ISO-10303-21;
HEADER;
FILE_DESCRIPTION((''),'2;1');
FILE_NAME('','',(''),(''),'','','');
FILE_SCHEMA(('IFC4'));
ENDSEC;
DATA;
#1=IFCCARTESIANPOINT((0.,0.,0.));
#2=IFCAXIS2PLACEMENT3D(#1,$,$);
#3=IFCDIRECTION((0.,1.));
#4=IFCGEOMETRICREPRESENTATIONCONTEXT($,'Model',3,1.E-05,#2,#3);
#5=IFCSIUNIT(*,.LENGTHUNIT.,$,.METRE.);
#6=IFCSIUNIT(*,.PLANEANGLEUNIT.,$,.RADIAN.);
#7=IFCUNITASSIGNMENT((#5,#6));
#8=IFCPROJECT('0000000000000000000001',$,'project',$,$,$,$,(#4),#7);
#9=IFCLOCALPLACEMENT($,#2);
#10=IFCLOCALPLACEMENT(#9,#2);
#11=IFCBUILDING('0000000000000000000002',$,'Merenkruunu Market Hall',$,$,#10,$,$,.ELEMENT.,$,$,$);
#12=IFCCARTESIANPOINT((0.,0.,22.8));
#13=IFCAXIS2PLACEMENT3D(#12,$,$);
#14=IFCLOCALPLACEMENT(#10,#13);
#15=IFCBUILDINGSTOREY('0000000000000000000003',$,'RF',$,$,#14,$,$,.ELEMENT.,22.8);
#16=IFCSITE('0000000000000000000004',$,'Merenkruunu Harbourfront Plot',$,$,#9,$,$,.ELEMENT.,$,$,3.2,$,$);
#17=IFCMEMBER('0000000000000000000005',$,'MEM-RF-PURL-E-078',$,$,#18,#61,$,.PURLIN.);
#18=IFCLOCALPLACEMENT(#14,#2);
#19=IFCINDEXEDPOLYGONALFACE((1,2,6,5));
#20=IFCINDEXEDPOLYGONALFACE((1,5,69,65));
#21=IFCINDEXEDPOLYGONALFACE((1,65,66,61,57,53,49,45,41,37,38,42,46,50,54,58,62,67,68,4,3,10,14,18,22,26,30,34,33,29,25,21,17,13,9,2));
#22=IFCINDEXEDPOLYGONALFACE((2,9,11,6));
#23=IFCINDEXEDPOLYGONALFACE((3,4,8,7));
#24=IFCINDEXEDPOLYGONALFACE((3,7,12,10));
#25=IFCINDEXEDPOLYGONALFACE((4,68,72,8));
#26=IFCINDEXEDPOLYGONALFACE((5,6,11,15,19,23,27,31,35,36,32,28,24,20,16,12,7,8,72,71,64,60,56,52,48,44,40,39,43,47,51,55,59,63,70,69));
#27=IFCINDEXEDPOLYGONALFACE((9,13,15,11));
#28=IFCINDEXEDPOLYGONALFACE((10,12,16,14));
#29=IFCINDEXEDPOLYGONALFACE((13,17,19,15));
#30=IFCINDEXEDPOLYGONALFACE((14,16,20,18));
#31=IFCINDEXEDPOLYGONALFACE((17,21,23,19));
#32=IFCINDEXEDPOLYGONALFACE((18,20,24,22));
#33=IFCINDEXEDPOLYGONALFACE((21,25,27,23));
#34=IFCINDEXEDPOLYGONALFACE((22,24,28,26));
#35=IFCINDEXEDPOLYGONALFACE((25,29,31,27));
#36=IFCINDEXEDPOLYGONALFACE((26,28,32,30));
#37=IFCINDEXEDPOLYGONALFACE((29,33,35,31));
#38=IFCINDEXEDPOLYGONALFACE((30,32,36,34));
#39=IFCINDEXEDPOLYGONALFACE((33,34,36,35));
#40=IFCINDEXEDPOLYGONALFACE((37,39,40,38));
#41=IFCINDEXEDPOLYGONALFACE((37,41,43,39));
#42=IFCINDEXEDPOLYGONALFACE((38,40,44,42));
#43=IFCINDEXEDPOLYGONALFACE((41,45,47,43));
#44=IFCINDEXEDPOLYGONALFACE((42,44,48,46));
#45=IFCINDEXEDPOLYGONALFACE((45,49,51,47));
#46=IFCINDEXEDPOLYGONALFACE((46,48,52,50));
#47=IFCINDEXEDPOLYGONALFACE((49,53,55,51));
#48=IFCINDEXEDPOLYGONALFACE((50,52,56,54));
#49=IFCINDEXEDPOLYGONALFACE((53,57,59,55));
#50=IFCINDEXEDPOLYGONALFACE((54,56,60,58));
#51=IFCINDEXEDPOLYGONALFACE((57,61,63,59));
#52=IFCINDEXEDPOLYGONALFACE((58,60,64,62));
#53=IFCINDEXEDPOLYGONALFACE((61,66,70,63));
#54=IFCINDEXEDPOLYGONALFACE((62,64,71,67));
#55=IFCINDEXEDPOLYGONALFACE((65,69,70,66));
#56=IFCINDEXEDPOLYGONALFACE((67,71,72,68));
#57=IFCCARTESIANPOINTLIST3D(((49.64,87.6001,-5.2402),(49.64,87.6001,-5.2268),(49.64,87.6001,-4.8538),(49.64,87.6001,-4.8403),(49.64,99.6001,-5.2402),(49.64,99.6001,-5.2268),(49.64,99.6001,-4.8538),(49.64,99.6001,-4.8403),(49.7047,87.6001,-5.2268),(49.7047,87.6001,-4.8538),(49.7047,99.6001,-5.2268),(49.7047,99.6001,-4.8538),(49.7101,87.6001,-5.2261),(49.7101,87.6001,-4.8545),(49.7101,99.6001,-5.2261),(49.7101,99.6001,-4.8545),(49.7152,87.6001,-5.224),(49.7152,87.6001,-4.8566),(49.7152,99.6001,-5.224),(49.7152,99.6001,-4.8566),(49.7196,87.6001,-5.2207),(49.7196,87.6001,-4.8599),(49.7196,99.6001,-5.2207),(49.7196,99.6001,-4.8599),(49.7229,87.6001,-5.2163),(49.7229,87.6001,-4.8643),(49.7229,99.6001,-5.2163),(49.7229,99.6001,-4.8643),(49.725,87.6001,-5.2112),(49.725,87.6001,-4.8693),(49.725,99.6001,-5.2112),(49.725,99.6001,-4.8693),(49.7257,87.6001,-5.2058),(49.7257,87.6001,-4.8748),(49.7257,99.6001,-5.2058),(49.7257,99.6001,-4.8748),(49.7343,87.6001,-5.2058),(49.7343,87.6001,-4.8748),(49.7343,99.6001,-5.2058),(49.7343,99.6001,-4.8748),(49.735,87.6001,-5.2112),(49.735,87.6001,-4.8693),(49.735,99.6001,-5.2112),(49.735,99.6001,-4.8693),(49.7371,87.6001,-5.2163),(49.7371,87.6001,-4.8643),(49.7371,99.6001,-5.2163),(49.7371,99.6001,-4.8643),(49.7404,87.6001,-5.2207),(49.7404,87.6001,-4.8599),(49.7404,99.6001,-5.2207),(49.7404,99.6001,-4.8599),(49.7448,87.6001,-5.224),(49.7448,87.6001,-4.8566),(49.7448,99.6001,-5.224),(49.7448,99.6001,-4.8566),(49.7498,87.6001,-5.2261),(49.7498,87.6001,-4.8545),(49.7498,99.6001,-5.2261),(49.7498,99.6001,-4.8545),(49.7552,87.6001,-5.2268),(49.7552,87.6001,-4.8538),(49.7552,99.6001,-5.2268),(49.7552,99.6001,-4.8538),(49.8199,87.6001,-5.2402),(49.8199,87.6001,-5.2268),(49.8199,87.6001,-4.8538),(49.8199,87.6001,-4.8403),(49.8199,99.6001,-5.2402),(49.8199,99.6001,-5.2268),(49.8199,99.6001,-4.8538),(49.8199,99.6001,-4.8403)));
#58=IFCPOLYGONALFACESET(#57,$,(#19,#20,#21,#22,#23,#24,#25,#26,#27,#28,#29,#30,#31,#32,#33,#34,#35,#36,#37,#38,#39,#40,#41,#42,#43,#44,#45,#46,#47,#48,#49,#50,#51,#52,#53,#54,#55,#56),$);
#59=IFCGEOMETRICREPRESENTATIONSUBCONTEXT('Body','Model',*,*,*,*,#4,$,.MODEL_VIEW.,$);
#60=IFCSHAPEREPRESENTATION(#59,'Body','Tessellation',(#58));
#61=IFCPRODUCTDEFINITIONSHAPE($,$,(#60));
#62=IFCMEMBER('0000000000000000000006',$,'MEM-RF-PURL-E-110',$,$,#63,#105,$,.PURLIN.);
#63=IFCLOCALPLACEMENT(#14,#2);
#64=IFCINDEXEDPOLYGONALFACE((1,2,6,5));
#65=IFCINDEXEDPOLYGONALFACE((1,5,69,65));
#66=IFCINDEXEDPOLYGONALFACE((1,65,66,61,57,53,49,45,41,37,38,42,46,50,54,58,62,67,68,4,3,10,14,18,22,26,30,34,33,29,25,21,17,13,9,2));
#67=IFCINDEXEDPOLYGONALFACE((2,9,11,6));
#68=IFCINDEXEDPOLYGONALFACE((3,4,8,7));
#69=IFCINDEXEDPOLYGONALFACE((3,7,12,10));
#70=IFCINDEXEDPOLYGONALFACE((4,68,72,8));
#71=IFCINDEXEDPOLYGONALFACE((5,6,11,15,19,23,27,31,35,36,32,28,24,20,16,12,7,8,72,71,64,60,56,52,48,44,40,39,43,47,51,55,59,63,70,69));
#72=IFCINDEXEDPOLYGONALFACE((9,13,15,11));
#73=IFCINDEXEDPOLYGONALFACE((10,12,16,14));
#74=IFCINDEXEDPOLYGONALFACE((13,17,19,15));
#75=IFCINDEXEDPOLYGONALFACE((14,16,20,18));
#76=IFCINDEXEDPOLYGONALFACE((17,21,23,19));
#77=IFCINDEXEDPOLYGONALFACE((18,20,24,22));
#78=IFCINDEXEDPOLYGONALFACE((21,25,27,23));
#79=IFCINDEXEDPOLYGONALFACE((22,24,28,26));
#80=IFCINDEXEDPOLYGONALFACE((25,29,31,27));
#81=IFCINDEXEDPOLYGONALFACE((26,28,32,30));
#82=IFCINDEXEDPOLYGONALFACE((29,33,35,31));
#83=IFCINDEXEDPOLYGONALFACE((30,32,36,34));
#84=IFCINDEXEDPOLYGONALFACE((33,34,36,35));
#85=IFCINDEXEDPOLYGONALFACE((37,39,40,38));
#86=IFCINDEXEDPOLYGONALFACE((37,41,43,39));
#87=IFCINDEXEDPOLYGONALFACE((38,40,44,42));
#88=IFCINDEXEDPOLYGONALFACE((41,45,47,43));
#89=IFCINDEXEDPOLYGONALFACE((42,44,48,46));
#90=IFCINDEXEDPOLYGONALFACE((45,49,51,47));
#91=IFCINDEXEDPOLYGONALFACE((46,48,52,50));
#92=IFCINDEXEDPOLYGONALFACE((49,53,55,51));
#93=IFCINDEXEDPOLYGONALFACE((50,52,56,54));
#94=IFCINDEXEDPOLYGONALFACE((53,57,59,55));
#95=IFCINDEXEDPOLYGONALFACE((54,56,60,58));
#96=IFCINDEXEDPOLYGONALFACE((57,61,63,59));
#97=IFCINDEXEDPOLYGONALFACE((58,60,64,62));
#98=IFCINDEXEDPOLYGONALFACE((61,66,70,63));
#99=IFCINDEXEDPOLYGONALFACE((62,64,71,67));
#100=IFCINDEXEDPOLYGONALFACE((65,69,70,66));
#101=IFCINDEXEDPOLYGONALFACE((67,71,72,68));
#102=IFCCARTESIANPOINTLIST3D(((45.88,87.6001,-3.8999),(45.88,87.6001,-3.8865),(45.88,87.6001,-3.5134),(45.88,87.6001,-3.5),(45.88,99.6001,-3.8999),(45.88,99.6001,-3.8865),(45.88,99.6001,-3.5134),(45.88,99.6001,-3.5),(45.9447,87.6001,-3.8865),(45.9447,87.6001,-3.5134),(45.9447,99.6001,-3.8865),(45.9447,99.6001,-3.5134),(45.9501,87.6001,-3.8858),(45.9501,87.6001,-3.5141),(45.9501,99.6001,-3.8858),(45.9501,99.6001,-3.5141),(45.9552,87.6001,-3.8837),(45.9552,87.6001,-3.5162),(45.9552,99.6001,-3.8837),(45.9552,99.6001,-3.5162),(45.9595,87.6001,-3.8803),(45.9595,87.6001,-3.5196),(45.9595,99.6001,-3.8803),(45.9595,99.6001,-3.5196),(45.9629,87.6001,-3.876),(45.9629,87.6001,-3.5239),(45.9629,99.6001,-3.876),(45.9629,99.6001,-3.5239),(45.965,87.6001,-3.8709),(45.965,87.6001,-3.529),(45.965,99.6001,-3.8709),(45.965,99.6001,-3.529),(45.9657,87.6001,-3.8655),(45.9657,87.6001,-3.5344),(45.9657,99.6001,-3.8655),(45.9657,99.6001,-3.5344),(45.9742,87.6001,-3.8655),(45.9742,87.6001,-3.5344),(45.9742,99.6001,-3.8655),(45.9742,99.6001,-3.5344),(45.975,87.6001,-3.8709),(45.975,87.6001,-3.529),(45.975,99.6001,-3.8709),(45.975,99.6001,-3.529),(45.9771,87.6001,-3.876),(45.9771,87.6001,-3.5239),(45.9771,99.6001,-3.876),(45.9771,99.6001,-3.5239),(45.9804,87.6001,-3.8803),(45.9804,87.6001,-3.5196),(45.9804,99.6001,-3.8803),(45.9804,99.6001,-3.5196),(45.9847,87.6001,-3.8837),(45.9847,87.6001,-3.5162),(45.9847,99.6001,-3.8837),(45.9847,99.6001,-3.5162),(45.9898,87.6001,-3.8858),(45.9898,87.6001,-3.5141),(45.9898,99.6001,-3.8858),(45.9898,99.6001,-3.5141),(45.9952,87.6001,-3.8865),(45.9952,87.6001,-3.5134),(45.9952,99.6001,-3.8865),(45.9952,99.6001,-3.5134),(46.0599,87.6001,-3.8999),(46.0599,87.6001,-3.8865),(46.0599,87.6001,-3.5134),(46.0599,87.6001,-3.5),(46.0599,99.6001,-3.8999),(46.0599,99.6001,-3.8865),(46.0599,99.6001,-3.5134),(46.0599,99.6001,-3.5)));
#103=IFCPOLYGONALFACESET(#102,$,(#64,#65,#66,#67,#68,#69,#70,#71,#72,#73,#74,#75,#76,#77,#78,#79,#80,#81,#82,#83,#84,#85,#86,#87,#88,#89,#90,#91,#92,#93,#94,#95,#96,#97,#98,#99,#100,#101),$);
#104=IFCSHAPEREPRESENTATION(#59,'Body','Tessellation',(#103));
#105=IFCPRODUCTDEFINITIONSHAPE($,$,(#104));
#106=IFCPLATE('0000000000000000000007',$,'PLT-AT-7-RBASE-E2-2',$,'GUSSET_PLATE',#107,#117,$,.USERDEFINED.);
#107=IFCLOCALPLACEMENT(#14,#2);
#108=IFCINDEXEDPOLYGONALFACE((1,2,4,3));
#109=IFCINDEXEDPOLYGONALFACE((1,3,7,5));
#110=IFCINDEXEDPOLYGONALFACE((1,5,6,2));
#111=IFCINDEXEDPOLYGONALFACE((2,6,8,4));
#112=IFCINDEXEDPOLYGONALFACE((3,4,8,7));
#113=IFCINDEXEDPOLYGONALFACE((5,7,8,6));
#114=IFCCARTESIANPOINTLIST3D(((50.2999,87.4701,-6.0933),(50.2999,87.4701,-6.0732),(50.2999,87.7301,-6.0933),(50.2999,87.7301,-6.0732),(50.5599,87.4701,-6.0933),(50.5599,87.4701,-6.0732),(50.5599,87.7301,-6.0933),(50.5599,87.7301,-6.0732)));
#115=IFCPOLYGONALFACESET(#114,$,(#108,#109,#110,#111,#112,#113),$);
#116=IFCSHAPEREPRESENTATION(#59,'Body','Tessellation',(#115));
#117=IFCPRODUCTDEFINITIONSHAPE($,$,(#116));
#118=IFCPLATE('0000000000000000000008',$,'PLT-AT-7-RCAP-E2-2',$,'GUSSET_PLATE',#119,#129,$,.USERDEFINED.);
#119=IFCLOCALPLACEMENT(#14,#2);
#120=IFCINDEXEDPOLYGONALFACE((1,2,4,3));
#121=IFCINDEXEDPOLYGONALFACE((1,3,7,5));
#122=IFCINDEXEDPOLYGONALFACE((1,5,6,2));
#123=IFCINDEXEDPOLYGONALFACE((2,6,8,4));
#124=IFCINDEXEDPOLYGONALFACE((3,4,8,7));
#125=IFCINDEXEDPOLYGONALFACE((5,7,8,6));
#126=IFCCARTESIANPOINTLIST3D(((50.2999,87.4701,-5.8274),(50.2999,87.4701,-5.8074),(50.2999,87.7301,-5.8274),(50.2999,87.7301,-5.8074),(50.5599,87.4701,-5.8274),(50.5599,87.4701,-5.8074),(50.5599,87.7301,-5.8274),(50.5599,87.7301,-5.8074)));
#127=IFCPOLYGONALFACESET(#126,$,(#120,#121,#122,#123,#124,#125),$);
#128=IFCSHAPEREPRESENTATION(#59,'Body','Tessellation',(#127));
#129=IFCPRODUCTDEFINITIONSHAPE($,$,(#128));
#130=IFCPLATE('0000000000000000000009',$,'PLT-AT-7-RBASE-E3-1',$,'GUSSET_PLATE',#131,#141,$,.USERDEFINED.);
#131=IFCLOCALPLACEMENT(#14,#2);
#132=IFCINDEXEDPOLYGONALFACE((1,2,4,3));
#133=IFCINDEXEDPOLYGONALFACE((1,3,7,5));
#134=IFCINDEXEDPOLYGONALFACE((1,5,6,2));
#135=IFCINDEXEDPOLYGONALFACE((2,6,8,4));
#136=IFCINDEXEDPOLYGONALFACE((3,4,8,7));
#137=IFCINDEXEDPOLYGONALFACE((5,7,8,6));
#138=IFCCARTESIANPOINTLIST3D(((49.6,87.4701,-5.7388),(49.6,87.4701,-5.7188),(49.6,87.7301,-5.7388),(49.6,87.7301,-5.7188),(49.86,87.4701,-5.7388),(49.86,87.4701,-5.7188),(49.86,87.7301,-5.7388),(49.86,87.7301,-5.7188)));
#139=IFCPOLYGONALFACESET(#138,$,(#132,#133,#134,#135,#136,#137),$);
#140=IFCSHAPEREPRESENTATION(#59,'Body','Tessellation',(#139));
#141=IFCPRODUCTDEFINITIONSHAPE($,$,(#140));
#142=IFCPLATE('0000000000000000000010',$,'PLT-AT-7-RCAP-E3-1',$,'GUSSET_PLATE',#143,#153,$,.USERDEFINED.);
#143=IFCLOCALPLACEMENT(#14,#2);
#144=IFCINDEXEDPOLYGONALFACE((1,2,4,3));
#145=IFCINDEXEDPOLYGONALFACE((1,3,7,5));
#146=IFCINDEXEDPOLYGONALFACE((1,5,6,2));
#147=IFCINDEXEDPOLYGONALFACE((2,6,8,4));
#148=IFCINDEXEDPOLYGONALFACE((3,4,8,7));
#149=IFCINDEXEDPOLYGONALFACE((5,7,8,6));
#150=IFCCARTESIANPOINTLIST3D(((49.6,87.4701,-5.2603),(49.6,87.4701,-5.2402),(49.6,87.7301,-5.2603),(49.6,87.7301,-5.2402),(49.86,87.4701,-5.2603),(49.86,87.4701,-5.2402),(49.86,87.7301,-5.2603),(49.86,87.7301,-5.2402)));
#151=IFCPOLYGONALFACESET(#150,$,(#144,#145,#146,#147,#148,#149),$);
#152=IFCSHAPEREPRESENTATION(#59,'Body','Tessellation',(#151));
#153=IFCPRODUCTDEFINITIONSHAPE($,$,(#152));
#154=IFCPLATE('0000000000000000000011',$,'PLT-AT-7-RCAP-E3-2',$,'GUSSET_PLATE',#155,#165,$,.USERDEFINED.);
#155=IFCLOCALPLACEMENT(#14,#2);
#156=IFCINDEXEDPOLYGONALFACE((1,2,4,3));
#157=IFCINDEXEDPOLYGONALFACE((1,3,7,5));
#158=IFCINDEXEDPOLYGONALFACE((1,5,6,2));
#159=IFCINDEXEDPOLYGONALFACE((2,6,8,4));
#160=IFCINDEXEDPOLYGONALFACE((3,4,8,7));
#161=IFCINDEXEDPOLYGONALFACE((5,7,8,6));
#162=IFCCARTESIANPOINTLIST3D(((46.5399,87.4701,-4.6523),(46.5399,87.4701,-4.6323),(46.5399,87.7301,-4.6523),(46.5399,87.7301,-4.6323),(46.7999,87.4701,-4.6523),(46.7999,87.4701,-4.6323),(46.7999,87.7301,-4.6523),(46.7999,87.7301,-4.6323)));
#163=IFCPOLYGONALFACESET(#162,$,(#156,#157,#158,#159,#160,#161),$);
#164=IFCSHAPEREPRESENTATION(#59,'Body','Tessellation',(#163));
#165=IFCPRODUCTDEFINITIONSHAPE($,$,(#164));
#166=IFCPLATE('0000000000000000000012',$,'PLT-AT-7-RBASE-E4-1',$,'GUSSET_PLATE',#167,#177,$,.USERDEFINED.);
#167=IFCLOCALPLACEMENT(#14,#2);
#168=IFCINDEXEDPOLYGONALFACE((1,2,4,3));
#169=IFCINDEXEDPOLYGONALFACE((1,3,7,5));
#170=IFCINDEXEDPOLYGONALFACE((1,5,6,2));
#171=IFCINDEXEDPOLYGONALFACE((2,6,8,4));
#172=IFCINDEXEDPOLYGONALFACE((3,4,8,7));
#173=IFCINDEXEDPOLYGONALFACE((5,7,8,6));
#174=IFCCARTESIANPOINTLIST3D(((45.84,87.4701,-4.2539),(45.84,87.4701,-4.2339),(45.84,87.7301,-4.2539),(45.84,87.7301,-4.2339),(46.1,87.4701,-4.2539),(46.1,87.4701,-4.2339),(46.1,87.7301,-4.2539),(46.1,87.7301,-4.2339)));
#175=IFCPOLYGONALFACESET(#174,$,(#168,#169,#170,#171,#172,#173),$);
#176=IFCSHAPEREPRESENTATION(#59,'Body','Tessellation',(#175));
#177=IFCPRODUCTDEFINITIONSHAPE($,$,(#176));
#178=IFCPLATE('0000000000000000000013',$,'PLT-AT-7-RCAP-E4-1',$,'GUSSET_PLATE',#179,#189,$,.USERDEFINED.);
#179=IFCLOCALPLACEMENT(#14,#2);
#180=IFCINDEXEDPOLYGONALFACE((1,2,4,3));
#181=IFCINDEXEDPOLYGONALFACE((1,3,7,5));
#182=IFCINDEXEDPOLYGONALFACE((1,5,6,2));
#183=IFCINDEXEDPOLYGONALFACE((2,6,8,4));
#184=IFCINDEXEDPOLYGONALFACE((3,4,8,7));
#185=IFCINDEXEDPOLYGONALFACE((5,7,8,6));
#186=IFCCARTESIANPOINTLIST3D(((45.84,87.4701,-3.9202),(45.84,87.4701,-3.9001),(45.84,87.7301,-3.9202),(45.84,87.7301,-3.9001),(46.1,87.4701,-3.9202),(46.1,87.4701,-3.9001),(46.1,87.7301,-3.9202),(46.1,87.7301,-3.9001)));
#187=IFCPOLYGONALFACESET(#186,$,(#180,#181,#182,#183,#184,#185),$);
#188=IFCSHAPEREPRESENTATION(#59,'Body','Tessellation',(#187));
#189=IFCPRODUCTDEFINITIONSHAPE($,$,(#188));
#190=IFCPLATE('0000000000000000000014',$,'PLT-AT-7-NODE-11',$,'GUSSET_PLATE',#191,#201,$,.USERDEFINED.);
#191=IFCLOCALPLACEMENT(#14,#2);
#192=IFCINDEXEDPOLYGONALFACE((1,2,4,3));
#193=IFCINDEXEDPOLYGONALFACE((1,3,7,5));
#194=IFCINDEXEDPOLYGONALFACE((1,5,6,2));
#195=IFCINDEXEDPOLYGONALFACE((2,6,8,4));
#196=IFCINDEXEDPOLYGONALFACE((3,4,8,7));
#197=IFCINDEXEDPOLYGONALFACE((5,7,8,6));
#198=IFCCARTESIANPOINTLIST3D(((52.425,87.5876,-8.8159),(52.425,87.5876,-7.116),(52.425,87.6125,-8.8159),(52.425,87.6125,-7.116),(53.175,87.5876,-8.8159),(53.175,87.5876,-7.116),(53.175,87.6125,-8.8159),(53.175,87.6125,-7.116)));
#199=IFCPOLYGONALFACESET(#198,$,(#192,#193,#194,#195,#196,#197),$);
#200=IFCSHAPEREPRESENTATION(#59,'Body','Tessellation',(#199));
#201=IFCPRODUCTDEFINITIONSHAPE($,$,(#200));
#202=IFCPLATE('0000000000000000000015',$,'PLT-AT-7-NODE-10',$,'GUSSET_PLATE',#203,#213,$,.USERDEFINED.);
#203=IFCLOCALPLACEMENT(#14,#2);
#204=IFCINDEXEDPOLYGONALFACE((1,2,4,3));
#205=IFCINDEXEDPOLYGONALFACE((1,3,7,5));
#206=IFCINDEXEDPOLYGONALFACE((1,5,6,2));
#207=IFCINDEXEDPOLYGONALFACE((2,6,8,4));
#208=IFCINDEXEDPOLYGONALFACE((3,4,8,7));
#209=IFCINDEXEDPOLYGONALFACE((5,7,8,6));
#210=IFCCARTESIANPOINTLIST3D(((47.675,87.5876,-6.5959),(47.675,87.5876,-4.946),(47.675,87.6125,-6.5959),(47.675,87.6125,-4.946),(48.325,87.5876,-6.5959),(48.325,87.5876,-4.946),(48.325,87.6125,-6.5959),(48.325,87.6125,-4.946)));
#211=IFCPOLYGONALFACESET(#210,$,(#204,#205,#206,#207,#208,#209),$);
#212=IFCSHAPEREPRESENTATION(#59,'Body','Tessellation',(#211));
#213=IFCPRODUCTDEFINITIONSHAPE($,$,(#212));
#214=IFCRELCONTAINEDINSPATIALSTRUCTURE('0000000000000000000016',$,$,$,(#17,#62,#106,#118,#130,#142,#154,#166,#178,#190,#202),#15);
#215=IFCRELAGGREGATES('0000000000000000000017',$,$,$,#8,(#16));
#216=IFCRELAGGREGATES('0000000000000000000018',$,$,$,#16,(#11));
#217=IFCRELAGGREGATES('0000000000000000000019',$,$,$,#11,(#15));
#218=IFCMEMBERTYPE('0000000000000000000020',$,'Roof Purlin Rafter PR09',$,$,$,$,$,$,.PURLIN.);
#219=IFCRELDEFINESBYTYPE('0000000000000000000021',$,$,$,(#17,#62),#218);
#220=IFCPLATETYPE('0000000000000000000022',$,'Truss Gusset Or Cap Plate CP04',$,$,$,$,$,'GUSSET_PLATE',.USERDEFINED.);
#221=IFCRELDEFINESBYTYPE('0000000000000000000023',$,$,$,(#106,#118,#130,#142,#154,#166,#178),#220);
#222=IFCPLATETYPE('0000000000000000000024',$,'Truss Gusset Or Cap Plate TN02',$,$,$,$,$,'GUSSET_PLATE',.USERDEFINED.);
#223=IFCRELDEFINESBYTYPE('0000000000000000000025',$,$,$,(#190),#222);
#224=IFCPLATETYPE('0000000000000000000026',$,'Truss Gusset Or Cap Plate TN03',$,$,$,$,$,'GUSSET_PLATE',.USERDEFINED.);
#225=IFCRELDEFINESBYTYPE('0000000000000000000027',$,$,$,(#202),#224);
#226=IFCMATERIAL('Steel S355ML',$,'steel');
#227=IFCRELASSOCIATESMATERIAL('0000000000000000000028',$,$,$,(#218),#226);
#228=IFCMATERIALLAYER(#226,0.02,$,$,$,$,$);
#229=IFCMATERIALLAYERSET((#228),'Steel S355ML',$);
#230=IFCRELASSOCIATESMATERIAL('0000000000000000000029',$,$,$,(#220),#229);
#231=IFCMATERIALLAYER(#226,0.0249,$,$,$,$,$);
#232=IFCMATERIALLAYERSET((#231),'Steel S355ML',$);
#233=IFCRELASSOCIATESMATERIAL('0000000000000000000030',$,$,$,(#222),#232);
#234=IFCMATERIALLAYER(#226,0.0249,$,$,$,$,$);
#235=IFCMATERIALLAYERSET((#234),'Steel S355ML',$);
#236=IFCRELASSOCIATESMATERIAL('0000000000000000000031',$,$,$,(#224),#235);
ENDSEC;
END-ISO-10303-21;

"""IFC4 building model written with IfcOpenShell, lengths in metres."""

from ifc_helpers import new_model, si_unit, direction, frame, origin, origin_2d, place, context, subcontext, project, spatial, rectangle, i_section, extrude, material, layer, layer_set, material_profile, profile_set, type_object, element, save


model = new_model("IFC4")

# Units and contexts
model_context = context("Model", 3, precision=1e-05, world=origin(), true_north=direction((0.0, 1.0)))
body_context = subcontext(model_context, "Body", "Model", "MODEL_VIEW")
ifc_project = project(units=[si_unit("LENGTHUNIT", "METRE"), si_unit("PLANEANGLEUNIT", "RADIAN")], contexts=[model_context])

# Site, building, storey
site_placement = place(None, origin())
site = spatial("IfcSite", under=ifc_project, at=site_placement, Name="Merenkruunu Harbourfront Plot", CompositionType="ELEMENT", RefElevation=3.2)
building_placement = place(site_placement, origin())
building = spatial("IfcBuilding", under=site, at=building_placement, Name="Merenkruunu Market Hall", CompositionType="ELEMENT")
storey_placement = place(building_placement, frame((0.0, 0.0, 22.8)))
storey = spatial("IfcBuildingStorey", under=building, at=storey_placement, Name="RF", CompositionType="ELEMENT", Elevation=22.8)

# Shared definitions
ifc_material_1 = material(Name="Steel S355ML", Category="steel")

# Members
ifc_material_profile_1 = material_profile(ifc_material_1, i_section(OverallWidth=0.1799, OverallDepth=0.3999, WebThickness=0.0085, FlangeThickness=0.0134, FilletRadius=0.021, at=origin_2d()), Name="IPE 400")
ifc_profile_set_1 = profile_set([ifc_material_profile_1], Name="Steel S355ML")
member_type_1 = type_object("IfcMemberType", Name="Roof Purlin Rafter PR09", PredefinedType="PURLIN", material=ifc_profile_set_1)
for number, where, z_axis, x_axis, name in (
    (1, (49.73, 87.6001, -5.0403), (0.0, 1.0, 0.0), (-1.0, 0.0, 0.0), "MEM-RF-PURL-E-078"),
    (2, (45.97, 87.6001, -3.7), (0.0, 1.0, 0.0), (-1.0, 0.0, 0.0), "MEM-RF-PURL-E-110"),
):
    element("IfcMember", number, at=place(storey_placement, frame(where, z_axis=z_axis, x_axis=x_axis)), inside=storey, type_object=member_type_1, Name=name, PredefinedType="PURLIN", context=body_context, shape_type="SweptSolid", body=[
        extrude(i_section(OverallWidth=0.1799, OverallDepth=0.3999, WebThickness=0.0085, FlangeThickness=0.0134, FilletRadius=0.021, at=origin_2d()), origin(), (0.0, 0.0, 1.0), 12.0),
    ])

# Plates
ifc_layer_1 = layer(ifc_material_1, 0.02)
ifc_layer_set_1 = layer_set([ifc_layer_1], Name="Steel S355ML")
plate_type_1 = type_object("IfcPlateType", Name="Truss Gusset Or Cap Plate CP04", ElementType="GUSSET_PLATE", PredefinedType="USERDEFINED", material=ifc_layer_set_1)
for number, where, z_axis, x_axis, name in (
    (3, (50.4299, 87.6001, -6.0933), (0.0, 0.0, 1.0), (1.0, 0.0, 0.0), "PLT-AT-7-RBASE-E2-2"),
    (4, (50.4299, 87.6001, -5.8274), (0.0, 0.0, 1.0), (1.0, 0.0, 0.0), "PLT-AT-7-RCAP-E2-2"),
    (5, (49.73, 87.6001, -5.7388), (0.0, 0.0, 1.0), (1.0, 0.0, 0.0), "PLT-AT-7-RBASE-E3-1"),
    (6, (49.73, 87.6001, -5.2603), (0.0, 0.0, 1.0), (1.0, 0.0, 0.0), "PLT-AT-7-RCAP-E3-1"),
    (7, (46.6699, 87.6001, -4.6523), (0.0, 0.0, 1.0), (1.0, 0.0, 0.0), "PLT-AT-7-RCAP-E3-2"),
    (8, (45.97, 87.6001, -4.2539), (0.0, 0.0, 1.0), (1.0, 0.0, 0.0), "PLT-AT-7-RBASE-E4-1"),
    (9, (45.97, 87.6001, -3.9202), (0.0, 0.0, 1.0), (1.0, 0.0, 0.0), "PLT-AT-7-RCAP-E4-1"),
):
    element("IfcPlate", number, at=place(storey_placement, frame(where, z_axis=z_axis, x_axis=x_axis)), inside=storey, type_object=plate_type_1, Name=name, ObjectType="GUSSET_PLATE", PredefinedType="USERDEFINED", context=body_context, shape_type="SweptSolid", body=[
        extrude(rectangle(XDim=0.26, YDim=0.26, at=origin_2d()), origin(), (0.0, 0.0, 1.0), 0.02),
    ])
ifc_layer_2 = layer(ifc_material_1, 0.0249)
ifc_layer_set_2 = layer_set([ifc_layer_2], Name="Steel S355ML")
plate_type_2 = type_object("IfcPlateType", Name="Truss Gusset Or Cap Plate TN02", ElementType="GUSSET_PLATE", PredefinedType="USERDEFINED", material=ifc_layer_set_2)
plate_1_placement = place(storey_placement, frame((52.8, 87.6001, -8.8159), z_axis=(0.0, 0.0, 1.0), x_axis=(1.0, 0.0, 0.0)))
element("IfcPlate", 10, at=plate_1_placement, inside=storey, type_object=plate_type_2, Name="PLT-AT-7-NODE-11", ObjectType="GUSSET_PLATE", PredefinedType="USERDEFINED", context=body_context, shape_type="SweptSolid", body=[
    extrude(rectangle(XDim=0.75, YDim=0.0249, at=origin_2d()), origin(), (0.0, 0.0, 1.0), 1.7),
])
ifc_layer_3 = layer(ifc_material_1, 0.0249)
ifc_layer_set_3 = layer_set([ifc_layer_3], Name="Steel S355ML")
plate_type_3 = type_object("IfcPlateType", Name="Truss Gusset Or Cap Plate TN03", ElementType="GUSSET_PLATE", PredefinedType="USERDEFINED", material=ifc_layer_set_3)
plate_2_placement = place(storey_placement, frame((48.0, 87.6001, -6.5959), z_axis=(0.0, 0.0, 1.0), x_axis=(1.0, 0.0, 0.0)))
element("IfcPlate", 11, at=plate_2_placement, inside=storey, type_object=plate_type_3, Name="PLT-AT-7-NODE-10", ObjectType="GUSSET_PLATE", PredefinedType="USERDEFINED", context=body_context, shape_type="SweptSolid", body=[
    extrude(rectangle(XDim=0.6499, YDim=0.0249, at=origin_2d()), origin(), (0.0, 0.0, 1.0), 1.6499),
])

save(model, "model.ifc")
